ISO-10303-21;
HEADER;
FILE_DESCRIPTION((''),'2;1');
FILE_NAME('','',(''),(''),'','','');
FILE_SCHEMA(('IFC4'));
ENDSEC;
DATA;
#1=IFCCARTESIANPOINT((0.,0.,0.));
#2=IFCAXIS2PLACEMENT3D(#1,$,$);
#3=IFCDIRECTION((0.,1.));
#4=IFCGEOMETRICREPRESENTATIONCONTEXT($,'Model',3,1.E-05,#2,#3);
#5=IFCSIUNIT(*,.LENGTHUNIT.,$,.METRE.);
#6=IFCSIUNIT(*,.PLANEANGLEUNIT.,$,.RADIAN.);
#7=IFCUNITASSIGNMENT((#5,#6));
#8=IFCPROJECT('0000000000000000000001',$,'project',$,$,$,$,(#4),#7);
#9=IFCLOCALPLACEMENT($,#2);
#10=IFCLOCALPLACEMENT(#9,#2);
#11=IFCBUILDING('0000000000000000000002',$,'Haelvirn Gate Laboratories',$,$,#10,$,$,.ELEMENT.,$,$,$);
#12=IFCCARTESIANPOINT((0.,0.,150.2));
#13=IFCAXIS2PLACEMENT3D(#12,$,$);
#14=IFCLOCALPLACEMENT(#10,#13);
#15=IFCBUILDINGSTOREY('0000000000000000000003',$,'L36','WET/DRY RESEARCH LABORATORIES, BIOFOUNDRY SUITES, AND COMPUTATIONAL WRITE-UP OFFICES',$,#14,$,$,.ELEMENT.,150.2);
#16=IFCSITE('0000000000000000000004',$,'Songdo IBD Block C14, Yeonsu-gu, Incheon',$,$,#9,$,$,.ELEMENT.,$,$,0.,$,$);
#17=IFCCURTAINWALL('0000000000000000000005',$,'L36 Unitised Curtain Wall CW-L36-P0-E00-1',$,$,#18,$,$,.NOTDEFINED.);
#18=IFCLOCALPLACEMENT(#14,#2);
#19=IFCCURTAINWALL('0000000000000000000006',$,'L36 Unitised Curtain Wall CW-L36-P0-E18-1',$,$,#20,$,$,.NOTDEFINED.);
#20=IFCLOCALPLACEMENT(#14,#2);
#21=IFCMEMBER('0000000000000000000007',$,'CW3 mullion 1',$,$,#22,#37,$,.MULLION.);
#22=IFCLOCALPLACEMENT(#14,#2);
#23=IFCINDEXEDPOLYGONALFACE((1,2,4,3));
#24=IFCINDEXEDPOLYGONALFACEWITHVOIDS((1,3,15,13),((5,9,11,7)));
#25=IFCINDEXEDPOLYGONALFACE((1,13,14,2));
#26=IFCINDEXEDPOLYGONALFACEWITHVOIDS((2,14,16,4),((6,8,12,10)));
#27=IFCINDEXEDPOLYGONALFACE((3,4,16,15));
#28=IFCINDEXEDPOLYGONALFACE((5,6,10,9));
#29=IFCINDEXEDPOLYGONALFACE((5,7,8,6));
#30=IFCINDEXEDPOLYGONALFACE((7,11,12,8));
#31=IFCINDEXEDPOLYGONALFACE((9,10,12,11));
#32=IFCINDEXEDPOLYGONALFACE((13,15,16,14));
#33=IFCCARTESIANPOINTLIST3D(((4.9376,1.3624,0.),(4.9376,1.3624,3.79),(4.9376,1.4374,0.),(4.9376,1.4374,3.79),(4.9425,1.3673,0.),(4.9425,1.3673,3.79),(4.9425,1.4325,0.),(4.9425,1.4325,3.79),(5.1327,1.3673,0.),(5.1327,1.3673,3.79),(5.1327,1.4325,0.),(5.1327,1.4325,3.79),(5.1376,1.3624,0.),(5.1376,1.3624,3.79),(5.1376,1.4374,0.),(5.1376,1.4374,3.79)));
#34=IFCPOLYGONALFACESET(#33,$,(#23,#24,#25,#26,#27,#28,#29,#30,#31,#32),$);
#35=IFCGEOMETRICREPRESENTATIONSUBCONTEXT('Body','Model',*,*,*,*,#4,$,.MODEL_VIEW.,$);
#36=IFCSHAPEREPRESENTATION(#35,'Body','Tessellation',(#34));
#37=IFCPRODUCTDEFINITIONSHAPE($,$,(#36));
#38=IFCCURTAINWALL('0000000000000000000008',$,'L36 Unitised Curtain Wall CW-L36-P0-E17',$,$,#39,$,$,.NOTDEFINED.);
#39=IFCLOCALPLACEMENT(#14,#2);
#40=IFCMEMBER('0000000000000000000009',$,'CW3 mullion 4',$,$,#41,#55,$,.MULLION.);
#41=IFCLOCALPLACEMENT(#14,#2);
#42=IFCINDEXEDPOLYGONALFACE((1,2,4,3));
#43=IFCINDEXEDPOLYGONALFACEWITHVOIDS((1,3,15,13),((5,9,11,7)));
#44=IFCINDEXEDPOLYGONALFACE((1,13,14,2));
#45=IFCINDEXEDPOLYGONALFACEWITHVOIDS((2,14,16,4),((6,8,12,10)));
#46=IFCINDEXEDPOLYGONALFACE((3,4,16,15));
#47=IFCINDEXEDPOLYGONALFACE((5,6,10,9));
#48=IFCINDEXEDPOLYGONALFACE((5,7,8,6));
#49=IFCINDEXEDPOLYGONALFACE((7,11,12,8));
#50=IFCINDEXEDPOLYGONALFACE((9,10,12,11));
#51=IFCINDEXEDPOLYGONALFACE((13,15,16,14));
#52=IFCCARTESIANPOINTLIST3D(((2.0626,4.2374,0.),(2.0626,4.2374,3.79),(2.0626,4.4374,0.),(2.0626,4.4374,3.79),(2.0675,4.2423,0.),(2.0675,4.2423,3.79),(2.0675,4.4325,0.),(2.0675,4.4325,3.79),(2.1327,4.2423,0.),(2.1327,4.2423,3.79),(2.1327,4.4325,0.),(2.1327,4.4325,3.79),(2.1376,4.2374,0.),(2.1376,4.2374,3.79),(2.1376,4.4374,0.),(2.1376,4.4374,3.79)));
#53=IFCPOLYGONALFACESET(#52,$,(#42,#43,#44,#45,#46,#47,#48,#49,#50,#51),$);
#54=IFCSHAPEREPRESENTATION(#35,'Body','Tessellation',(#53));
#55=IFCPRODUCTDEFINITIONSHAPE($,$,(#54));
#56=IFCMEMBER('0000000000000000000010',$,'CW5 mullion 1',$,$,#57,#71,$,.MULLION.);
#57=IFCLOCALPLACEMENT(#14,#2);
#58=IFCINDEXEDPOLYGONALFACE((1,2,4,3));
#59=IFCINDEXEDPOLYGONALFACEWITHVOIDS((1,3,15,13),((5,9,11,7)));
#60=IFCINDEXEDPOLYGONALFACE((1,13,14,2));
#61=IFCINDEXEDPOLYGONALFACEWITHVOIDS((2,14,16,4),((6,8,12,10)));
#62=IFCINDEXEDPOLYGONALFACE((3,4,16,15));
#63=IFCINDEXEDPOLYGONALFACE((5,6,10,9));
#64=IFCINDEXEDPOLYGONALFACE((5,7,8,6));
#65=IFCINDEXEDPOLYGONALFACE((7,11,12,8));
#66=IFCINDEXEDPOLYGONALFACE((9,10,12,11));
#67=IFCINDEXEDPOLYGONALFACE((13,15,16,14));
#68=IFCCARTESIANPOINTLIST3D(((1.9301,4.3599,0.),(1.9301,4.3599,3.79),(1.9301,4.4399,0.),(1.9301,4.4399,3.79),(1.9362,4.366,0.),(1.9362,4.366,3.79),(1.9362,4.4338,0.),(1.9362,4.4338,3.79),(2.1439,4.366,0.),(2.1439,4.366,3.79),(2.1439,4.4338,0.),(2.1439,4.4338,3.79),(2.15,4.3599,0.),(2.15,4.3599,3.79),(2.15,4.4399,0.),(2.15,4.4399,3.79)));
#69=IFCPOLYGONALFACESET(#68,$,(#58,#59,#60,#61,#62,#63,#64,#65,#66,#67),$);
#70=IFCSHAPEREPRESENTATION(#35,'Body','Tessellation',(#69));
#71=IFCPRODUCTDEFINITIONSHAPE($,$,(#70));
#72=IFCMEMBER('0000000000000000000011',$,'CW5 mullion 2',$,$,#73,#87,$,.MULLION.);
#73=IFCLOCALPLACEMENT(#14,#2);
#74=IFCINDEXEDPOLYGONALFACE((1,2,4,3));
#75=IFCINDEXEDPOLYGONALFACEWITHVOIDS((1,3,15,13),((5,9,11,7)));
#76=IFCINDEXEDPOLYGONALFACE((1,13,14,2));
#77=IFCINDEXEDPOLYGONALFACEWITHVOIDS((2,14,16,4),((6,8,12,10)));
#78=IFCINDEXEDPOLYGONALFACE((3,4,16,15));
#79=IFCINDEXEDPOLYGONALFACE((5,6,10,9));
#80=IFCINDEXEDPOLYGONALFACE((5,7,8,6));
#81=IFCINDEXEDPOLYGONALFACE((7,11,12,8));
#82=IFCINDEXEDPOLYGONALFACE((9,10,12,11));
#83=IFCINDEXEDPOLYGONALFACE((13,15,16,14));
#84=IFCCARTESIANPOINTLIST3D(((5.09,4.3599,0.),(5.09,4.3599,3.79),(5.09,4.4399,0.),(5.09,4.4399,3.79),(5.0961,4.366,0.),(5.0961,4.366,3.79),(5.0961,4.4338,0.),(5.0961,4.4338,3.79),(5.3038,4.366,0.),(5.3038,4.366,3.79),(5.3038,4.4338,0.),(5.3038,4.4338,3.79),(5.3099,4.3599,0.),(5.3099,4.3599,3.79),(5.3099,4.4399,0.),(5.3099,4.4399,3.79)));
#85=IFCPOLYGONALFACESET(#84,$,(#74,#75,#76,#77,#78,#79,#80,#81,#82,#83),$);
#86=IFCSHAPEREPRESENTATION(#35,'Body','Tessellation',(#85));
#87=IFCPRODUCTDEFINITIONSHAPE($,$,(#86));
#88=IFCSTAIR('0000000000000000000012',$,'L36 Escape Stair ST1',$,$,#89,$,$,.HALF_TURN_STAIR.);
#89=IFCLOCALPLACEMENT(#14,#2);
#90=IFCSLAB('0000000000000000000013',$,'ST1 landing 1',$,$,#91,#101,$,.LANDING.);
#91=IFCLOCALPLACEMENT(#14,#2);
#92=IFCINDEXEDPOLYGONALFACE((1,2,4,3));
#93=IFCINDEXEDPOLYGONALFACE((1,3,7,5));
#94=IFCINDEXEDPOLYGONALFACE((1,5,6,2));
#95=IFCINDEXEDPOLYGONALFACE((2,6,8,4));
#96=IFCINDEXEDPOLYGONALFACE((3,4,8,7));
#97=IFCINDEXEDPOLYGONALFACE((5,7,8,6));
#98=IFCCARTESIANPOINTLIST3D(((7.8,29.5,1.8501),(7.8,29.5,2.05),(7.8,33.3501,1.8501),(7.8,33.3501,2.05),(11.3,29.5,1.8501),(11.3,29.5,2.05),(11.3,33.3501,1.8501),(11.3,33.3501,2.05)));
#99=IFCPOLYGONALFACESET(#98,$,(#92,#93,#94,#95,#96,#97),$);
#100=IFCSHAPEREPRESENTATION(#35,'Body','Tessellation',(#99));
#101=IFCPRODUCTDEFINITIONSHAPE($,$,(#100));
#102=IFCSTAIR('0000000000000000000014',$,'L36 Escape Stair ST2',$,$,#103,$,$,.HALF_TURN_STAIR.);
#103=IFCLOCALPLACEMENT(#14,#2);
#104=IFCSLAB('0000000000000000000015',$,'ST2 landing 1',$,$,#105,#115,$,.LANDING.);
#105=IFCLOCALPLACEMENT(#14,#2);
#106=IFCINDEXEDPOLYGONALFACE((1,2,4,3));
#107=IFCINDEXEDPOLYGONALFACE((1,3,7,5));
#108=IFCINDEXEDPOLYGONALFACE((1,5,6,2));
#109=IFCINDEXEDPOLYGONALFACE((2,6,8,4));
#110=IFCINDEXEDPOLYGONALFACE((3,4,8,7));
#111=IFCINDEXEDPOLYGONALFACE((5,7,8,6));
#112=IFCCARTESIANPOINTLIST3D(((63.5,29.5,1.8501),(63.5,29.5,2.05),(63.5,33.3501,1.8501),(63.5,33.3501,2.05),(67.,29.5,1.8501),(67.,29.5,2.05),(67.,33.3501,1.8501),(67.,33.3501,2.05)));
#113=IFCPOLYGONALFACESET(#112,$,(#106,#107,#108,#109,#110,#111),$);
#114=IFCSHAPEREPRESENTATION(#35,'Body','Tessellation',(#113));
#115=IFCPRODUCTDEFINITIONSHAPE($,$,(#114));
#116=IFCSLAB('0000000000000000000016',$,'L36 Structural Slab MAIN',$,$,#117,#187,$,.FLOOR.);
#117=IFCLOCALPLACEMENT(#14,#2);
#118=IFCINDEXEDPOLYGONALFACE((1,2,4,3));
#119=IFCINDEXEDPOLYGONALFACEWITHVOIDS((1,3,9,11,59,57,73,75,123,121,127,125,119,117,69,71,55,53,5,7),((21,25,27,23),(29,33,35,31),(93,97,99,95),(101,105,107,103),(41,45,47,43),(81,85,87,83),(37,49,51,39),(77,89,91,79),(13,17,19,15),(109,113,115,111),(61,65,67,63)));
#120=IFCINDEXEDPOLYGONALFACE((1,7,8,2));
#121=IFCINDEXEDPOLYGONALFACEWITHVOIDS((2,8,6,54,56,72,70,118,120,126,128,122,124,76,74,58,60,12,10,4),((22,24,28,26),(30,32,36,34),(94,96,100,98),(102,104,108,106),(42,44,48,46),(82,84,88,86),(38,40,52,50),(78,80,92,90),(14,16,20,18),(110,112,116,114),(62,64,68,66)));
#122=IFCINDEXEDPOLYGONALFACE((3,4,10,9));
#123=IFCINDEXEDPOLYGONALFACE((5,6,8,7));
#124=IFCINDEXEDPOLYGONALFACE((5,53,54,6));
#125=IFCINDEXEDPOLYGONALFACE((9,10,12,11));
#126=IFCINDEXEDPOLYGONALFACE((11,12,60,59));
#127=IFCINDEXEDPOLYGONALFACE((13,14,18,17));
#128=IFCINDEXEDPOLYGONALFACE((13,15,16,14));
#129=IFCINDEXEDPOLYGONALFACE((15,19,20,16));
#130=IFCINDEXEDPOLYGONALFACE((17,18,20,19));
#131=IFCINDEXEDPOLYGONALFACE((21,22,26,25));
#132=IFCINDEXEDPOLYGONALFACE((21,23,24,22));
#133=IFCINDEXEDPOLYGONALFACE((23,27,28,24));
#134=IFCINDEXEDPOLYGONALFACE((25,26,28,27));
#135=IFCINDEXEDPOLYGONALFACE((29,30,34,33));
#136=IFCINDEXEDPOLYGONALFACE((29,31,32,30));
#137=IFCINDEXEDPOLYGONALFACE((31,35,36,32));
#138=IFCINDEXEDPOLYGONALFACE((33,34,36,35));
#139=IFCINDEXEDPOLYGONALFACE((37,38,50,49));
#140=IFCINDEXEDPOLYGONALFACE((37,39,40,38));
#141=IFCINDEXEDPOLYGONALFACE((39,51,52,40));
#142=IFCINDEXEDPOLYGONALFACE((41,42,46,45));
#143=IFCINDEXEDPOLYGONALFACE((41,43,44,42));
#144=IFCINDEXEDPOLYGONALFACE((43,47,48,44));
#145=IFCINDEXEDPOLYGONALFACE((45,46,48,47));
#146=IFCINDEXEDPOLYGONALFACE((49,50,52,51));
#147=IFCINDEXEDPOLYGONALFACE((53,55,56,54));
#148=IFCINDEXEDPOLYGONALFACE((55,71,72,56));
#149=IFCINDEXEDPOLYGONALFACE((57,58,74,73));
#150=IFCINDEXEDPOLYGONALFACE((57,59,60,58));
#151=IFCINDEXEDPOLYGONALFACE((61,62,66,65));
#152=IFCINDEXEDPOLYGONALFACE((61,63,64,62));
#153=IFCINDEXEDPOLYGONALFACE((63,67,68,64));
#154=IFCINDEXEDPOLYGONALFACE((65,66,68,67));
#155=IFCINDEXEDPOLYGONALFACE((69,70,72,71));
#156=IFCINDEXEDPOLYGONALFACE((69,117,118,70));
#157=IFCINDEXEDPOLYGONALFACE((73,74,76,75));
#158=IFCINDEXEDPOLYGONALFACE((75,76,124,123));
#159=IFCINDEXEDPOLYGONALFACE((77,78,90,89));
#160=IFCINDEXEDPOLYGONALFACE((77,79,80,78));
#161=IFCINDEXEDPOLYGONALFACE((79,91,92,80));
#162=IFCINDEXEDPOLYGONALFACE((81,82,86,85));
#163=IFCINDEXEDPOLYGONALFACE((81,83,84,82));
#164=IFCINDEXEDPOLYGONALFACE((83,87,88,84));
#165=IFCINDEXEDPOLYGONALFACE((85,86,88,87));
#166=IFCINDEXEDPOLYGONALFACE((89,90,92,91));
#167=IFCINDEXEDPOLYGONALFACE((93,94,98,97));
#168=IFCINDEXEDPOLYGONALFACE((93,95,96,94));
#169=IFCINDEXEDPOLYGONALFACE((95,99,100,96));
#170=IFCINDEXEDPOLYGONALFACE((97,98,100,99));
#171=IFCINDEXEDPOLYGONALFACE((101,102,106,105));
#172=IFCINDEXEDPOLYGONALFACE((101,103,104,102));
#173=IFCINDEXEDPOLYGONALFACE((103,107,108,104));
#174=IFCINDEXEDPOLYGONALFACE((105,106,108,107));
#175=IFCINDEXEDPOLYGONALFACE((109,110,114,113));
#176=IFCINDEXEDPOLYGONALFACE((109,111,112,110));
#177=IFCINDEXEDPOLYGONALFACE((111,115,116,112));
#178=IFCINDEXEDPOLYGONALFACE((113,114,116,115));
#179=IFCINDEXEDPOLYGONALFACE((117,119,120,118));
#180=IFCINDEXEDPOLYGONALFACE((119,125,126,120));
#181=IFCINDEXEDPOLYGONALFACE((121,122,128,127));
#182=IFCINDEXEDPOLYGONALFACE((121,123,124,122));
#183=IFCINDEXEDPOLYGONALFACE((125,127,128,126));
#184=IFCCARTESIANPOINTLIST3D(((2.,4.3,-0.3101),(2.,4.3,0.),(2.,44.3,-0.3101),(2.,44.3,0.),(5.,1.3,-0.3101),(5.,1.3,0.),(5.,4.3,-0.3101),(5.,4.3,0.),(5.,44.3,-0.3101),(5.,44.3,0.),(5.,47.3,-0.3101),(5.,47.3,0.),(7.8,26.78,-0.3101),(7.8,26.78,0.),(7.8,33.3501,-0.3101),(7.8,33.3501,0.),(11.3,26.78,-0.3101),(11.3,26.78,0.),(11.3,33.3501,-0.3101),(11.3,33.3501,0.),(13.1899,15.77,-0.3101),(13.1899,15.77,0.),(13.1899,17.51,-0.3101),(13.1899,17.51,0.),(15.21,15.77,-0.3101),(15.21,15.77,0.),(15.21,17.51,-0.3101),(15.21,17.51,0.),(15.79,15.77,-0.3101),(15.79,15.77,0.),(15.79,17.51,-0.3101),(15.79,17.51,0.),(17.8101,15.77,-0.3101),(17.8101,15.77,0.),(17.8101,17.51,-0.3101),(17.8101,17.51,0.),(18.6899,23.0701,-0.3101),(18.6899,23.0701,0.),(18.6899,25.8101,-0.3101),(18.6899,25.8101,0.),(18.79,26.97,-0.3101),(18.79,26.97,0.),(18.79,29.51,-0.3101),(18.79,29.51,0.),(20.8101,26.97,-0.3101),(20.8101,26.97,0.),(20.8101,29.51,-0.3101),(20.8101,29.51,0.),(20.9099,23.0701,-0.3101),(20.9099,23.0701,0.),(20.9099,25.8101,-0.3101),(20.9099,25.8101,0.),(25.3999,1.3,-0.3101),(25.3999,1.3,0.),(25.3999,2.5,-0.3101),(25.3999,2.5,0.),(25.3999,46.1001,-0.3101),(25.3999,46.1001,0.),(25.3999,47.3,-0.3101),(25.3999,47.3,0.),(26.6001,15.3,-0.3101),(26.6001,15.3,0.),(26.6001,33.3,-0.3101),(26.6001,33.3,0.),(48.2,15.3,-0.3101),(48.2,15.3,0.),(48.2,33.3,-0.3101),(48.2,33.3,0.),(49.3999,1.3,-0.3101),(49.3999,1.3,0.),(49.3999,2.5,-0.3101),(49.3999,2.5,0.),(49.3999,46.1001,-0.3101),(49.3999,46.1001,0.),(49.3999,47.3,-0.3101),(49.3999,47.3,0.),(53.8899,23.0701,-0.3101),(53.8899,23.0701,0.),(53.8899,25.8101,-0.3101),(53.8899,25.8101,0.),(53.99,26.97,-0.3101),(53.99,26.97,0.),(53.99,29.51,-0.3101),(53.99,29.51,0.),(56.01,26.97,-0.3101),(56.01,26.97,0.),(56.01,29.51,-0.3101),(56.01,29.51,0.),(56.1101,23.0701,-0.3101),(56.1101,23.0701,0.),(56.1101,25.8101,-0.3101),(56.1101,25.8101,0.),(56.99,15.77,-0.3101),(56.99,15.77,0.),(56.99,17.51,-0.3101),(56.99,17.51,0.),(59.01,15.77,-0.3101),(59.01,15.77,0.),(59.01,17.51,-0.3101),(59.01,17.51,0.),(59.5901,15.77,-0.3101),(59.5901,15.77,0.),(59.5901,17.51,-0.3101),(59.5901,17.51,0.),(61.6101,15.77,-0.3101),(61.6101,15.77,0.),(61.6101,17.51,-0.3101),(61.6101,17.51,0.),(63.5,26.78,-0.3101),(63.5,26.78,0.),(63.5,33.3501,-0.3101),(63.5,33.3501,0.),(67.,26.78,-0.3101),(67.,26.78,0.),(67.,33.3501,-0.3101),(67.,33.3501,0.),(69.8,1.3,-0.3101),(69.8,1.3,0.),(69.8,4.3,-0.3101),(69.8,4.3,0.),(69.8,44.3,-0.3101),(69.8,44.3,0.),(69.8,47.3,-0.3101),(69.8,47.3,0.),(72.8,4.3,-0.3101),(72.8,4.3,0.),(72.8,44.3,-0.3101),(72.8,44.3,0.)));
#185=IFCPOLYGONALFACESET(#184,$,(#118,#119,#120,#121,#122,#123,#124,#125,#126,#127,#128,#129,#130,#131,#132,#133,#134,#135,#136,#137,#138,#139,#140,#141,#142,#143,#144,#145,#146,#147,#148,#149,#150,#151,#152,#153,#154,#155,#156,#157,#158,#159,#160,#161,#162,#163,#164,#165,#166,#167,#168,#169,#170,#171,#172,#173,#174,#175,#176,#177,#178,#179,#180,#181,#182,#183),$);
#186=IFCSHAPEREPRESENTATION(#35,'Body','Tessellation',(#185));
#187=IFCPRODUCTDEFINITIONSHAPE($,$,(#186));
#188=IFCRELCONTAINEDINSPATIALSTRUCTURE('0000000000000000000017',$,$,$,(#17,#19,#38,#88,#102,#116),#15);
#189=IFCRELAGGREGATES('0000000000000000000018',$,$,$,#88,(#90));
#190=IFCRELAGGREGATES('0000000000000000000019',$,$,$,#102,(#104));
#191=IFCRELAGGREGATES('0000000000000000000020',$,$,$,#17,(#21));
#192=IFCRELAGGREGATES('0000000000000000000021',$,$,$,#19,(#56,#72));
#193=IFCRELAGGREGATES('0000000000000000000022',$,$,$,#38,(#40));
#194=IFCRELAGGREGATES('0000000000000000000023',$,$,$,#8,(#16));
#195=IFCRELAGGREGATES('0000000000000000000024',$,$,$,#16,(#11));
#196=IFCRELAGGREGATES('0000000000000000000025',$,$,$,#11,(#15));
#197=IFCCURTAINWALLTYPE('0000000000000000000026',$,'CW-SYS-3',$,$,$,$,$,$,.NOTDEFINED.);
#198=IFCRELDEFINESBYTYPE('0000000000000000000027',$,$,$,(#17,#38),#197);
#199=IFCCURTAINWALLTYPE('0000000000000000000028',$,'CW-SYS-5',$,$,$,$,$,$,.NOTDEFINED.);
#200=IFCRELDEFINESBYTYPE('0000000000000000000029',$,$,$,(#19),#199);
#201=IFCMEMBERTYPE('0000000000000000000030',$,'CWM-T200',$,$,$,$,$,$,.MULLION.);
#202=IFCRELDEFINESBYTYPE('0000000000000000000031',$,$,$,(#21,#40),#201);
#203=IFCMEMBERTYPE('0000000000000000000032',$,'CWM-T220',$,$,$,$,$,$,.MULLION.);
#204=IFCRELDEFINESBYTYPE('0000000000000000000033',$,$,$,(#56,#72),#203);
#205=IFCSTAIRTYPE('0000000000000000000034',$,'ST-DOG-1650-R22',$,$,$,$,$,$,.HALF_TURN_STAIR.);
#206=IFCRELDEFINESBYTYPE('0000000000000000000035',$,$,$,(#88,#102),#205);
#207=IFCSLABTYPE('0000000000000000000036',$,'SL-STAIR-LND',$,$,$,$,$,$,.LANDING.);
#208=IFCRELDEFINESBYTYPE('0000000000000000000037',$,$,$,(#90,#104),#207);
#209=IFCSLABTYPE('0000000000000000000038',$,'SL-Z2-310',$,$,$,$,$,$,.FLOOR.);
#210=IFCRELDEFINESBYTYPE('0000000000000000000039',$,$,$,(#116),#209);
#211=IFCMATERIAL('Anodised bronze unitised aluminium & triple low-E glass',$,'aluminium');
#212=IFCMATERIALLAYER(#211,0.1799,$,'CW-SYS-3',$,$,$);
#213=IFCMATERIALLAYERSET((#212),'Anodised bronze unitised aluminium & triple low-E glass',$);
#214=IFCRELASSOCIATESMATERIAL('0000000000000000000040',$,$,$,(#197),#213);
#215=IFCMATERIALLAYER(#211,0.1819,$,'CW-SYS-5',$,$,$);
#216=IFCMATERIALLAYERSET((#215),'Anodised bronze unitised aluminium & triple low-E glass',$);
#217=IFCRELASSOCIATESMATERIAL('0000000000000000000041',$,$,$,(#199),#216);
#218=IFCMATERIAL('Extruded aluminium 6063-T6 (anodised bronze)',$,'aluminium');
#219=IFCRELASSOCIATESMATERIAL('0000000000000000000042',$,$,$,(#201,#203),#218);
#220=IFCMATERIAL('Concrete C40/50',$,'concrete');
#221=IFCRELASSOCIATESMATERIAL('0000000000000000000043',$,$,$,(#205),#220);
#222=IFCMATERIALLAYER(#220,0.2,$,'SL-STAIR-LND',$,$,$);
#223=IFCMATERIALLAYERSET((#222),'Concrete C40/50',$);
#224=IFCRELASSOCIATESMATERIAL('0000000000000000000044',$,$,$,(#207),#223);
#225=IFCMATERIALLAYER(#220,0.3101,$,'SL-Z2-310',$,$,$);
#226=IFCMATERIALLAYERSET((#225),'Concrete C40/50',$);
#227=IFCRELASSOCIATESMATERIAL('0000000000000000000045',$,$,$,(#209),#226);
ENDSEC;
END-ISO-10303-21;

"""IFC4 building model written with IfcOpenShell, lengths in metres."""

from ifc_helpers import new_model, si_unit, direction, frame, origin, origin_2d, place, context, subcontext, project, spatial, polyline, hollow_rectangle, outline, extrude, source, transform, mapped, material, layer, layer_set, material_profile, profile_set, type_object, type_shapes, element, aggregate, save


model = new_model("IFC4")

# Units and contexts
model_context = context("Model", 3, precision=1e-05, world=origin(), true_north=direction((0.0, 1.0)))
body_context = subcontext(model_context, "Body", "Model", "MODEL_VIEW")
ifc_project = project(units=[si_unit("LENGTHUNIT", "METRE"), si_unit("PLANEANGLEUNIT", "RADIAN")], contexts=[model_context])

# Site, building, storey
site_placement = place(None, origin())
site = spatial("IfcSite", under=ifc_project, at=site_placement, Name="Songdo IBD Block C14, Yeonsu-gu, Incheon", CompositionType="ELEMENT", RefElevation=0.0)
building_placement = place(site_placement, origin())
building = spatial("IfcBuilding", under=site, at=building_placement, Name="Haelvirn Gate Laboratories", CompositionType="ELEMENT")
storey_placement = place(building_placement, frame((0.0, 0.0, 150.2)))
storey = spatial("IfcBuildingStorey", under=building, at=storey_placement, Name="L36", Description="WET/DRY RESEARCH LABORATORIES, BIOFOUNDRY SUITES, AND COMPUTATIONAL WRITE-UP OFFICES", CompositionType="ELEMENT", Elevation=150.2)

# Curtain walls
ifc_material_1 = material(Name="Anodised bronze unitised aluminium & triple low-E glass", Category="aluminium")
ifc_layer_1 = layer(ifc_material_1, 0.1799, Name="CW-SYS-3")
ifc_layer_set_1 = layer_set([ifc_layer_1], Name="Anodised bronze unitised aluminium & triple low-E glass")
curtain_wall_type_1 = type_object("IfcCurtainWallType", Name="CW-SYS-3", PredefinedType="NOTDEFINED", material=ifc_layer_set_1)
curtain_wall_1_placement = place(storey_placement, origin())
curtain_wall_1 = element("IfcCurtainWall", 1, at=curtain_wall_1_placement, inside=storey, type_object=curtain_wall_type_1, Name="L36 Unitised Curtain Wall CW-L36-P0-E00-1", PredefinedType="NOTDEFINED")
ifc_material_2 = material(Name="Extruded aluminium 6063-T6 (anodised bronze)", Category="aluminium")
ifc_layer_2 = layer(ifc_material_1, 0.1819, Name="CW-SYS-5")
ifc_layer_set_2 = layer_set([ifc_layer_2], Name="Anodised bronze unitised aluminium & triple low-E glass")
curtain_wall_type_2 = type_object("IfcCurtainWallType", Name="CW-SYS-5", PredefinedType="NOTDEFINED", material=ifc_layer_set_2)
curtain_wall_2_placement = place(storey_placement, origin())
curtain_wall_2 = element("IfcCurtainWall", 2, at=curtain_wall_2_placement, inside=storey, type_object=curtain_wall_type_2, Name="L36 Unitised Curtain Wall CW-L36-P0-E18-1", PredefinedType="NOTDEFINED")

# Member
ifc_material_profile_1 = material_profile(ifc_material_2, hollow_rectangle(XDim=0.075, YDim=0.2, WallThickness=0.0049, at=origin_2d()), Name="CWM-200x75x5")
ifc_profile_set_1 = profile_set([ifc_material_profile_1], Name="Extruded aluminium 6063-T6 (anodised bronze)")
member_type_1 = type_object("IfcMemberType", Name="CWM-T200", PredefinedType="MULLION", material=ifc_profile_set_1)
shared_shape_1 = source(origin(), body_context, "Body", "SweptSolid", [
    extrude(hollow_rectangle(XDim=0.075, YDim=0.2, WallThickness=0.0049, at=origin_2d()), origin(), (0.0, 0.0, 1.0), 3.79),
])
type_shapes(member_type_1, [shared_shape_1])
member_1_placement = place(storey_placement, frame((5.0376, 1.3999, 0.0), z_axis=(0.0, 0.0, 1.0), x_axis=(0.0, 1.0, 0.0)))
member_1 = element("IfcMember", 3, at=member_1_placement, type_object=member_type_1, Name="CW3 mullion 1", PredefinedType="MULLION", context=body_context, shape_type="MappedRepresentation", body=[
    mapped(shared_shape_1, transform((0.0, 0.0, 0.0), scale=1.0)),
])

# Curtain wall, member
curtain_wall_3_placement = place(storey_placement, origin())
curtain_wall_3 = element("IfcCurtainWall", 4, at=curtain_wall_3_placement, inside=storey, type_object=curtain_wall_type_1, Name="L36 Unitised Curtain Wall CW-L36-P0-E17", PredefinedType="NOTDEFINED")
member_2_placement = place(storey_placement, frame((2.1001, 4.3374, 0.0), z_axis=(0.0, 0.0, 1.0), x_axis=(1.0, 0.0, 0.0)))
member_2 = element("IfcMember", 5, at=member_2_placement, type_object=member_type_1, Name="CW3 mullion 4", PredefinedType="MULLION", context=body_context, shape_type="MappedRepresentation", body=[
    mapped(shared_shape_1, transform((0.0, 0.0, 0.0), scale=1.0)),
])

# Members
ifc_material_profile_2 = material_profile(ifc_material_2, hollow_rectangle(XDim=0.0801, YDim=0.22, WallThickness=0.0061, at=origin_2d()), Name="CWM-220x80x6")
ifc_profile_set_2 = profile_set([ifc_material_profile_2], Name="Extruded aluminium 6063-T6 (anodised bronze)")
member_type_2 = type_object("IfcMemberType", Name="CWM-T220", PredefinedType="MULLION", material=ifc_profile_set_2)
shared_shape_2 = source(origin(), body_context, "Body", "SweptSolid", [
    extrude(hollow_rectangle(XDim=0.0801, YDim=0.22, WallThickness=0.0061, at=origin_2d()), origin(), (0.0, 0.0, 1.0), 3.79),
])
type_shapes(member_type_2, [shared_shape_2])
member_3_placement = place(storey_placement, frame((2.04, 4.3999, 0.0), z_axis=(0.0, 0.0, 1.0), x_axis=(0.0, 1.0, 0.0)))
member_3 = element("IfcMember", 6, at=member_3_placement, type_object=member_type_2, Name="CW5 mullion 1", PredefinedType="MULLION", context=body_context, shape_type="MappedRepresentation", body=[
    mapped(shared_shape_2, transform((0.0, 0.0, 0.0), scale=1.0)),
])
member_4_placement = place(storey_placement, frame((5.2, 4.3999, 0.0), z_axis=(0.0, 0.0, 1.0), x_axis=(0.0, 1.0, 0.0)))
member_4 = element("IfcMember", 7, at=member_4_placement, type_object=member_type_2, Name="CW5 mullion 2", PredefinedType="MULLION", context=body_context, shape_type="MappedRepresentation", body=[
    mapped(shared_shape_2, transform((0.0, 0.0, 0.0), scale=1.0)),
])

# Stairs, slabs
ifc_material_3 = material(Name="Concrete C40/50", Category="concrete")
stair_type = type_object("IfcStairType", Name="ST-DOG-1650-R22", PredefinedType="HALF_TURN_STAIR", material=ifc_material_3)
stair_1_placement = place(storey_placement, origin())
stair_1 = element("IfcStair", 8, at=stair_1_placement, inside=storey, type_object=stair_type, Name="L36 Escape Stair ST1", PredefinedType="HALF_TURN_STAIR")
ifc_layer_3 = layer(ifc_material_3, 0.2, Name="SL-STAIR-LND")
ifc_layer_set_3 = layer_set([ifc_layer_3], Name="Concrete C40/50")
slab_type_1 = type_object("IfcSlabType", Name="SL-STAIR-LND", PredefinedType="LANDING", material=ifc_layer_set_3)
slab_1_placement = place(storey_placement, frame((0.0, 0.0, 1.8501)))
slab_1 = element("IfcSlab", 9, at=slab_1_placement, type_object=slab_type_1, Name="ST1 landing 1", PredefinedType="LANDING", context=body_context, shape_type="SweptSolid", body=[
    extrude(outline(polyline([(11.3, 29.5), (11.3, 33.3501), (7.8, 33.3501), (7.8, 29.5), (11.3, 29.5)])), origin(), (0.0, 0.0, 1.0), 0.2),
])
aggregate(stair_1, [slab_1])
stair_2_placement = place(storey_placement, origin())
stair_2 = element("IfcStair", 10, at=stair_2_placement, inside=storey, type_object=stair_type, Name="L36 Escape Stair ST2", PredefinedType="HALF_TURN_STAIR")
slab_2_placement = place(storey_placement, frame((0.0, 0.0, 1.8501)))
slab_2 = element("IfcSlab", 11, at=slab_2_placement, type_object=slab_type_1, Name="ST2 landing 1", PredefinedType="LANDING", context=body_context, shape_type="SweptSolid", body=[
    extrude(outline(polyline([(67.0, 29.5), (67.0, 33.3501), (63.5, 33.3501), (63.5, 29.5), (67.0, 29.5)])), origin(), (0.0, 0.0, 1.0), 0.2),
])
aggregate(stair_2, [slab_2])

# Slab
ifc_layer_4 = layer(ifc_material_3, 0.3101, Name="SL-Z2-310")
ifc_layer_set_4 = layer_set([ifc_layer_4], Name="Concrete C40/50")
slab_type_2 = type_object("IfcSlabType", Name="SL-Z2-310", PredefinedType="FLOOR", material=ifc_layer_set_4)
slab_3_placement = place(storey_placement, frame((0.0, 0.0, -0.3101)))
element("IfcSlab", 12, at=slab_3_placement, inside=storey, type_object=slab_type_2, Name="L36 Structural Slab MAIN", PredefinedType="FLOOR", context=body_context, shape_type="SweptSolid", body=[
    extrude(outline(polyline([(5.0, 1.3), (25.3999, 1.3), (25.3999, 2.5), (49.3999, 2.5), (49.3999, 1.3), (69.8, 1.3), (69.8, 4.3), (72.8, 4.3), (72.8, 44.3), (69.8, 44.3), (69.8, 47.3), (49.3999, 47.3), (49.3999, 46.1001), (25.3999, 46.1001), (25.3999, 47.3), (5.0, 47.3), (5.0, 44.3), (2.0, 44.3), (2.0, 4.3), (5.0, 4.3), (5.0, 1.3)]), holes=[polyline([(26.6001, 15.3), (48.2, 15.3), (48.2, 33.3), (26.6001, 33.3), (26.6001, 15.3)]), polyline([(11.3, 26.78), (11.3, 33.3501), (7.8, 33.3501), (7.8, 26.78), (11.3, 26.78)]), polyline([(67.0, 26.78), (67.0, 33.3501), (63.5, 33.3501), (63.5, 26.78), (67.0, 26.78)]), polyline([(13.1899, 15.77), (15.21, 15.77), (15.21, 17.51), (13.1899, 17.51), (13.1899, 15.77)]), polyline([(15.79, 15.77), (17.8101, 15.77), (17.8101, 17.51), (15.79, 17.51), (15.79, 15.77)]), polyline([(18.79, 26.97), (20.8101, 26.97), (20.8101, 29.51), (18.79, 29.51), (18.79, 26.97)]), polyline([(18.6899, 23.0701), (20.9099, 23.0701), (20.9099, 25.8101), (18.6899, 25.8101), (18.6899, 23.0701)]), polyline([(59.5901, 15.77), (61.6101, 15.77), (61.6101, 17.51), (59.5901, 17.51), (59.5901, 15.77)]), polyline([(56.99, 15.77), (59.01, 15.77), (59.01, 17.51), (56.99, 17.51), (56.99, 15.77)]), polyline([(53.99, 26.97), (56.01, 26.97), (56.01, 29.51), (53.99, 29.51), (53.99, 26.97)]), polyline([(53.8899, 23.0701), (56.1101, 23.0701), (56.1101, 25.8101), (53.8899, 25.8101), (53.8899, 23.0701)])]), origin(), (0.0, 0.0, 1.0), 0.3101),
])

aggregate(curtain_wall_1, [member_1])
aggregate(curtain_wall_2, [member_3, member_4])
aggregate(curtain_wall_3, [member_2])

save(model, "model.ifc")
